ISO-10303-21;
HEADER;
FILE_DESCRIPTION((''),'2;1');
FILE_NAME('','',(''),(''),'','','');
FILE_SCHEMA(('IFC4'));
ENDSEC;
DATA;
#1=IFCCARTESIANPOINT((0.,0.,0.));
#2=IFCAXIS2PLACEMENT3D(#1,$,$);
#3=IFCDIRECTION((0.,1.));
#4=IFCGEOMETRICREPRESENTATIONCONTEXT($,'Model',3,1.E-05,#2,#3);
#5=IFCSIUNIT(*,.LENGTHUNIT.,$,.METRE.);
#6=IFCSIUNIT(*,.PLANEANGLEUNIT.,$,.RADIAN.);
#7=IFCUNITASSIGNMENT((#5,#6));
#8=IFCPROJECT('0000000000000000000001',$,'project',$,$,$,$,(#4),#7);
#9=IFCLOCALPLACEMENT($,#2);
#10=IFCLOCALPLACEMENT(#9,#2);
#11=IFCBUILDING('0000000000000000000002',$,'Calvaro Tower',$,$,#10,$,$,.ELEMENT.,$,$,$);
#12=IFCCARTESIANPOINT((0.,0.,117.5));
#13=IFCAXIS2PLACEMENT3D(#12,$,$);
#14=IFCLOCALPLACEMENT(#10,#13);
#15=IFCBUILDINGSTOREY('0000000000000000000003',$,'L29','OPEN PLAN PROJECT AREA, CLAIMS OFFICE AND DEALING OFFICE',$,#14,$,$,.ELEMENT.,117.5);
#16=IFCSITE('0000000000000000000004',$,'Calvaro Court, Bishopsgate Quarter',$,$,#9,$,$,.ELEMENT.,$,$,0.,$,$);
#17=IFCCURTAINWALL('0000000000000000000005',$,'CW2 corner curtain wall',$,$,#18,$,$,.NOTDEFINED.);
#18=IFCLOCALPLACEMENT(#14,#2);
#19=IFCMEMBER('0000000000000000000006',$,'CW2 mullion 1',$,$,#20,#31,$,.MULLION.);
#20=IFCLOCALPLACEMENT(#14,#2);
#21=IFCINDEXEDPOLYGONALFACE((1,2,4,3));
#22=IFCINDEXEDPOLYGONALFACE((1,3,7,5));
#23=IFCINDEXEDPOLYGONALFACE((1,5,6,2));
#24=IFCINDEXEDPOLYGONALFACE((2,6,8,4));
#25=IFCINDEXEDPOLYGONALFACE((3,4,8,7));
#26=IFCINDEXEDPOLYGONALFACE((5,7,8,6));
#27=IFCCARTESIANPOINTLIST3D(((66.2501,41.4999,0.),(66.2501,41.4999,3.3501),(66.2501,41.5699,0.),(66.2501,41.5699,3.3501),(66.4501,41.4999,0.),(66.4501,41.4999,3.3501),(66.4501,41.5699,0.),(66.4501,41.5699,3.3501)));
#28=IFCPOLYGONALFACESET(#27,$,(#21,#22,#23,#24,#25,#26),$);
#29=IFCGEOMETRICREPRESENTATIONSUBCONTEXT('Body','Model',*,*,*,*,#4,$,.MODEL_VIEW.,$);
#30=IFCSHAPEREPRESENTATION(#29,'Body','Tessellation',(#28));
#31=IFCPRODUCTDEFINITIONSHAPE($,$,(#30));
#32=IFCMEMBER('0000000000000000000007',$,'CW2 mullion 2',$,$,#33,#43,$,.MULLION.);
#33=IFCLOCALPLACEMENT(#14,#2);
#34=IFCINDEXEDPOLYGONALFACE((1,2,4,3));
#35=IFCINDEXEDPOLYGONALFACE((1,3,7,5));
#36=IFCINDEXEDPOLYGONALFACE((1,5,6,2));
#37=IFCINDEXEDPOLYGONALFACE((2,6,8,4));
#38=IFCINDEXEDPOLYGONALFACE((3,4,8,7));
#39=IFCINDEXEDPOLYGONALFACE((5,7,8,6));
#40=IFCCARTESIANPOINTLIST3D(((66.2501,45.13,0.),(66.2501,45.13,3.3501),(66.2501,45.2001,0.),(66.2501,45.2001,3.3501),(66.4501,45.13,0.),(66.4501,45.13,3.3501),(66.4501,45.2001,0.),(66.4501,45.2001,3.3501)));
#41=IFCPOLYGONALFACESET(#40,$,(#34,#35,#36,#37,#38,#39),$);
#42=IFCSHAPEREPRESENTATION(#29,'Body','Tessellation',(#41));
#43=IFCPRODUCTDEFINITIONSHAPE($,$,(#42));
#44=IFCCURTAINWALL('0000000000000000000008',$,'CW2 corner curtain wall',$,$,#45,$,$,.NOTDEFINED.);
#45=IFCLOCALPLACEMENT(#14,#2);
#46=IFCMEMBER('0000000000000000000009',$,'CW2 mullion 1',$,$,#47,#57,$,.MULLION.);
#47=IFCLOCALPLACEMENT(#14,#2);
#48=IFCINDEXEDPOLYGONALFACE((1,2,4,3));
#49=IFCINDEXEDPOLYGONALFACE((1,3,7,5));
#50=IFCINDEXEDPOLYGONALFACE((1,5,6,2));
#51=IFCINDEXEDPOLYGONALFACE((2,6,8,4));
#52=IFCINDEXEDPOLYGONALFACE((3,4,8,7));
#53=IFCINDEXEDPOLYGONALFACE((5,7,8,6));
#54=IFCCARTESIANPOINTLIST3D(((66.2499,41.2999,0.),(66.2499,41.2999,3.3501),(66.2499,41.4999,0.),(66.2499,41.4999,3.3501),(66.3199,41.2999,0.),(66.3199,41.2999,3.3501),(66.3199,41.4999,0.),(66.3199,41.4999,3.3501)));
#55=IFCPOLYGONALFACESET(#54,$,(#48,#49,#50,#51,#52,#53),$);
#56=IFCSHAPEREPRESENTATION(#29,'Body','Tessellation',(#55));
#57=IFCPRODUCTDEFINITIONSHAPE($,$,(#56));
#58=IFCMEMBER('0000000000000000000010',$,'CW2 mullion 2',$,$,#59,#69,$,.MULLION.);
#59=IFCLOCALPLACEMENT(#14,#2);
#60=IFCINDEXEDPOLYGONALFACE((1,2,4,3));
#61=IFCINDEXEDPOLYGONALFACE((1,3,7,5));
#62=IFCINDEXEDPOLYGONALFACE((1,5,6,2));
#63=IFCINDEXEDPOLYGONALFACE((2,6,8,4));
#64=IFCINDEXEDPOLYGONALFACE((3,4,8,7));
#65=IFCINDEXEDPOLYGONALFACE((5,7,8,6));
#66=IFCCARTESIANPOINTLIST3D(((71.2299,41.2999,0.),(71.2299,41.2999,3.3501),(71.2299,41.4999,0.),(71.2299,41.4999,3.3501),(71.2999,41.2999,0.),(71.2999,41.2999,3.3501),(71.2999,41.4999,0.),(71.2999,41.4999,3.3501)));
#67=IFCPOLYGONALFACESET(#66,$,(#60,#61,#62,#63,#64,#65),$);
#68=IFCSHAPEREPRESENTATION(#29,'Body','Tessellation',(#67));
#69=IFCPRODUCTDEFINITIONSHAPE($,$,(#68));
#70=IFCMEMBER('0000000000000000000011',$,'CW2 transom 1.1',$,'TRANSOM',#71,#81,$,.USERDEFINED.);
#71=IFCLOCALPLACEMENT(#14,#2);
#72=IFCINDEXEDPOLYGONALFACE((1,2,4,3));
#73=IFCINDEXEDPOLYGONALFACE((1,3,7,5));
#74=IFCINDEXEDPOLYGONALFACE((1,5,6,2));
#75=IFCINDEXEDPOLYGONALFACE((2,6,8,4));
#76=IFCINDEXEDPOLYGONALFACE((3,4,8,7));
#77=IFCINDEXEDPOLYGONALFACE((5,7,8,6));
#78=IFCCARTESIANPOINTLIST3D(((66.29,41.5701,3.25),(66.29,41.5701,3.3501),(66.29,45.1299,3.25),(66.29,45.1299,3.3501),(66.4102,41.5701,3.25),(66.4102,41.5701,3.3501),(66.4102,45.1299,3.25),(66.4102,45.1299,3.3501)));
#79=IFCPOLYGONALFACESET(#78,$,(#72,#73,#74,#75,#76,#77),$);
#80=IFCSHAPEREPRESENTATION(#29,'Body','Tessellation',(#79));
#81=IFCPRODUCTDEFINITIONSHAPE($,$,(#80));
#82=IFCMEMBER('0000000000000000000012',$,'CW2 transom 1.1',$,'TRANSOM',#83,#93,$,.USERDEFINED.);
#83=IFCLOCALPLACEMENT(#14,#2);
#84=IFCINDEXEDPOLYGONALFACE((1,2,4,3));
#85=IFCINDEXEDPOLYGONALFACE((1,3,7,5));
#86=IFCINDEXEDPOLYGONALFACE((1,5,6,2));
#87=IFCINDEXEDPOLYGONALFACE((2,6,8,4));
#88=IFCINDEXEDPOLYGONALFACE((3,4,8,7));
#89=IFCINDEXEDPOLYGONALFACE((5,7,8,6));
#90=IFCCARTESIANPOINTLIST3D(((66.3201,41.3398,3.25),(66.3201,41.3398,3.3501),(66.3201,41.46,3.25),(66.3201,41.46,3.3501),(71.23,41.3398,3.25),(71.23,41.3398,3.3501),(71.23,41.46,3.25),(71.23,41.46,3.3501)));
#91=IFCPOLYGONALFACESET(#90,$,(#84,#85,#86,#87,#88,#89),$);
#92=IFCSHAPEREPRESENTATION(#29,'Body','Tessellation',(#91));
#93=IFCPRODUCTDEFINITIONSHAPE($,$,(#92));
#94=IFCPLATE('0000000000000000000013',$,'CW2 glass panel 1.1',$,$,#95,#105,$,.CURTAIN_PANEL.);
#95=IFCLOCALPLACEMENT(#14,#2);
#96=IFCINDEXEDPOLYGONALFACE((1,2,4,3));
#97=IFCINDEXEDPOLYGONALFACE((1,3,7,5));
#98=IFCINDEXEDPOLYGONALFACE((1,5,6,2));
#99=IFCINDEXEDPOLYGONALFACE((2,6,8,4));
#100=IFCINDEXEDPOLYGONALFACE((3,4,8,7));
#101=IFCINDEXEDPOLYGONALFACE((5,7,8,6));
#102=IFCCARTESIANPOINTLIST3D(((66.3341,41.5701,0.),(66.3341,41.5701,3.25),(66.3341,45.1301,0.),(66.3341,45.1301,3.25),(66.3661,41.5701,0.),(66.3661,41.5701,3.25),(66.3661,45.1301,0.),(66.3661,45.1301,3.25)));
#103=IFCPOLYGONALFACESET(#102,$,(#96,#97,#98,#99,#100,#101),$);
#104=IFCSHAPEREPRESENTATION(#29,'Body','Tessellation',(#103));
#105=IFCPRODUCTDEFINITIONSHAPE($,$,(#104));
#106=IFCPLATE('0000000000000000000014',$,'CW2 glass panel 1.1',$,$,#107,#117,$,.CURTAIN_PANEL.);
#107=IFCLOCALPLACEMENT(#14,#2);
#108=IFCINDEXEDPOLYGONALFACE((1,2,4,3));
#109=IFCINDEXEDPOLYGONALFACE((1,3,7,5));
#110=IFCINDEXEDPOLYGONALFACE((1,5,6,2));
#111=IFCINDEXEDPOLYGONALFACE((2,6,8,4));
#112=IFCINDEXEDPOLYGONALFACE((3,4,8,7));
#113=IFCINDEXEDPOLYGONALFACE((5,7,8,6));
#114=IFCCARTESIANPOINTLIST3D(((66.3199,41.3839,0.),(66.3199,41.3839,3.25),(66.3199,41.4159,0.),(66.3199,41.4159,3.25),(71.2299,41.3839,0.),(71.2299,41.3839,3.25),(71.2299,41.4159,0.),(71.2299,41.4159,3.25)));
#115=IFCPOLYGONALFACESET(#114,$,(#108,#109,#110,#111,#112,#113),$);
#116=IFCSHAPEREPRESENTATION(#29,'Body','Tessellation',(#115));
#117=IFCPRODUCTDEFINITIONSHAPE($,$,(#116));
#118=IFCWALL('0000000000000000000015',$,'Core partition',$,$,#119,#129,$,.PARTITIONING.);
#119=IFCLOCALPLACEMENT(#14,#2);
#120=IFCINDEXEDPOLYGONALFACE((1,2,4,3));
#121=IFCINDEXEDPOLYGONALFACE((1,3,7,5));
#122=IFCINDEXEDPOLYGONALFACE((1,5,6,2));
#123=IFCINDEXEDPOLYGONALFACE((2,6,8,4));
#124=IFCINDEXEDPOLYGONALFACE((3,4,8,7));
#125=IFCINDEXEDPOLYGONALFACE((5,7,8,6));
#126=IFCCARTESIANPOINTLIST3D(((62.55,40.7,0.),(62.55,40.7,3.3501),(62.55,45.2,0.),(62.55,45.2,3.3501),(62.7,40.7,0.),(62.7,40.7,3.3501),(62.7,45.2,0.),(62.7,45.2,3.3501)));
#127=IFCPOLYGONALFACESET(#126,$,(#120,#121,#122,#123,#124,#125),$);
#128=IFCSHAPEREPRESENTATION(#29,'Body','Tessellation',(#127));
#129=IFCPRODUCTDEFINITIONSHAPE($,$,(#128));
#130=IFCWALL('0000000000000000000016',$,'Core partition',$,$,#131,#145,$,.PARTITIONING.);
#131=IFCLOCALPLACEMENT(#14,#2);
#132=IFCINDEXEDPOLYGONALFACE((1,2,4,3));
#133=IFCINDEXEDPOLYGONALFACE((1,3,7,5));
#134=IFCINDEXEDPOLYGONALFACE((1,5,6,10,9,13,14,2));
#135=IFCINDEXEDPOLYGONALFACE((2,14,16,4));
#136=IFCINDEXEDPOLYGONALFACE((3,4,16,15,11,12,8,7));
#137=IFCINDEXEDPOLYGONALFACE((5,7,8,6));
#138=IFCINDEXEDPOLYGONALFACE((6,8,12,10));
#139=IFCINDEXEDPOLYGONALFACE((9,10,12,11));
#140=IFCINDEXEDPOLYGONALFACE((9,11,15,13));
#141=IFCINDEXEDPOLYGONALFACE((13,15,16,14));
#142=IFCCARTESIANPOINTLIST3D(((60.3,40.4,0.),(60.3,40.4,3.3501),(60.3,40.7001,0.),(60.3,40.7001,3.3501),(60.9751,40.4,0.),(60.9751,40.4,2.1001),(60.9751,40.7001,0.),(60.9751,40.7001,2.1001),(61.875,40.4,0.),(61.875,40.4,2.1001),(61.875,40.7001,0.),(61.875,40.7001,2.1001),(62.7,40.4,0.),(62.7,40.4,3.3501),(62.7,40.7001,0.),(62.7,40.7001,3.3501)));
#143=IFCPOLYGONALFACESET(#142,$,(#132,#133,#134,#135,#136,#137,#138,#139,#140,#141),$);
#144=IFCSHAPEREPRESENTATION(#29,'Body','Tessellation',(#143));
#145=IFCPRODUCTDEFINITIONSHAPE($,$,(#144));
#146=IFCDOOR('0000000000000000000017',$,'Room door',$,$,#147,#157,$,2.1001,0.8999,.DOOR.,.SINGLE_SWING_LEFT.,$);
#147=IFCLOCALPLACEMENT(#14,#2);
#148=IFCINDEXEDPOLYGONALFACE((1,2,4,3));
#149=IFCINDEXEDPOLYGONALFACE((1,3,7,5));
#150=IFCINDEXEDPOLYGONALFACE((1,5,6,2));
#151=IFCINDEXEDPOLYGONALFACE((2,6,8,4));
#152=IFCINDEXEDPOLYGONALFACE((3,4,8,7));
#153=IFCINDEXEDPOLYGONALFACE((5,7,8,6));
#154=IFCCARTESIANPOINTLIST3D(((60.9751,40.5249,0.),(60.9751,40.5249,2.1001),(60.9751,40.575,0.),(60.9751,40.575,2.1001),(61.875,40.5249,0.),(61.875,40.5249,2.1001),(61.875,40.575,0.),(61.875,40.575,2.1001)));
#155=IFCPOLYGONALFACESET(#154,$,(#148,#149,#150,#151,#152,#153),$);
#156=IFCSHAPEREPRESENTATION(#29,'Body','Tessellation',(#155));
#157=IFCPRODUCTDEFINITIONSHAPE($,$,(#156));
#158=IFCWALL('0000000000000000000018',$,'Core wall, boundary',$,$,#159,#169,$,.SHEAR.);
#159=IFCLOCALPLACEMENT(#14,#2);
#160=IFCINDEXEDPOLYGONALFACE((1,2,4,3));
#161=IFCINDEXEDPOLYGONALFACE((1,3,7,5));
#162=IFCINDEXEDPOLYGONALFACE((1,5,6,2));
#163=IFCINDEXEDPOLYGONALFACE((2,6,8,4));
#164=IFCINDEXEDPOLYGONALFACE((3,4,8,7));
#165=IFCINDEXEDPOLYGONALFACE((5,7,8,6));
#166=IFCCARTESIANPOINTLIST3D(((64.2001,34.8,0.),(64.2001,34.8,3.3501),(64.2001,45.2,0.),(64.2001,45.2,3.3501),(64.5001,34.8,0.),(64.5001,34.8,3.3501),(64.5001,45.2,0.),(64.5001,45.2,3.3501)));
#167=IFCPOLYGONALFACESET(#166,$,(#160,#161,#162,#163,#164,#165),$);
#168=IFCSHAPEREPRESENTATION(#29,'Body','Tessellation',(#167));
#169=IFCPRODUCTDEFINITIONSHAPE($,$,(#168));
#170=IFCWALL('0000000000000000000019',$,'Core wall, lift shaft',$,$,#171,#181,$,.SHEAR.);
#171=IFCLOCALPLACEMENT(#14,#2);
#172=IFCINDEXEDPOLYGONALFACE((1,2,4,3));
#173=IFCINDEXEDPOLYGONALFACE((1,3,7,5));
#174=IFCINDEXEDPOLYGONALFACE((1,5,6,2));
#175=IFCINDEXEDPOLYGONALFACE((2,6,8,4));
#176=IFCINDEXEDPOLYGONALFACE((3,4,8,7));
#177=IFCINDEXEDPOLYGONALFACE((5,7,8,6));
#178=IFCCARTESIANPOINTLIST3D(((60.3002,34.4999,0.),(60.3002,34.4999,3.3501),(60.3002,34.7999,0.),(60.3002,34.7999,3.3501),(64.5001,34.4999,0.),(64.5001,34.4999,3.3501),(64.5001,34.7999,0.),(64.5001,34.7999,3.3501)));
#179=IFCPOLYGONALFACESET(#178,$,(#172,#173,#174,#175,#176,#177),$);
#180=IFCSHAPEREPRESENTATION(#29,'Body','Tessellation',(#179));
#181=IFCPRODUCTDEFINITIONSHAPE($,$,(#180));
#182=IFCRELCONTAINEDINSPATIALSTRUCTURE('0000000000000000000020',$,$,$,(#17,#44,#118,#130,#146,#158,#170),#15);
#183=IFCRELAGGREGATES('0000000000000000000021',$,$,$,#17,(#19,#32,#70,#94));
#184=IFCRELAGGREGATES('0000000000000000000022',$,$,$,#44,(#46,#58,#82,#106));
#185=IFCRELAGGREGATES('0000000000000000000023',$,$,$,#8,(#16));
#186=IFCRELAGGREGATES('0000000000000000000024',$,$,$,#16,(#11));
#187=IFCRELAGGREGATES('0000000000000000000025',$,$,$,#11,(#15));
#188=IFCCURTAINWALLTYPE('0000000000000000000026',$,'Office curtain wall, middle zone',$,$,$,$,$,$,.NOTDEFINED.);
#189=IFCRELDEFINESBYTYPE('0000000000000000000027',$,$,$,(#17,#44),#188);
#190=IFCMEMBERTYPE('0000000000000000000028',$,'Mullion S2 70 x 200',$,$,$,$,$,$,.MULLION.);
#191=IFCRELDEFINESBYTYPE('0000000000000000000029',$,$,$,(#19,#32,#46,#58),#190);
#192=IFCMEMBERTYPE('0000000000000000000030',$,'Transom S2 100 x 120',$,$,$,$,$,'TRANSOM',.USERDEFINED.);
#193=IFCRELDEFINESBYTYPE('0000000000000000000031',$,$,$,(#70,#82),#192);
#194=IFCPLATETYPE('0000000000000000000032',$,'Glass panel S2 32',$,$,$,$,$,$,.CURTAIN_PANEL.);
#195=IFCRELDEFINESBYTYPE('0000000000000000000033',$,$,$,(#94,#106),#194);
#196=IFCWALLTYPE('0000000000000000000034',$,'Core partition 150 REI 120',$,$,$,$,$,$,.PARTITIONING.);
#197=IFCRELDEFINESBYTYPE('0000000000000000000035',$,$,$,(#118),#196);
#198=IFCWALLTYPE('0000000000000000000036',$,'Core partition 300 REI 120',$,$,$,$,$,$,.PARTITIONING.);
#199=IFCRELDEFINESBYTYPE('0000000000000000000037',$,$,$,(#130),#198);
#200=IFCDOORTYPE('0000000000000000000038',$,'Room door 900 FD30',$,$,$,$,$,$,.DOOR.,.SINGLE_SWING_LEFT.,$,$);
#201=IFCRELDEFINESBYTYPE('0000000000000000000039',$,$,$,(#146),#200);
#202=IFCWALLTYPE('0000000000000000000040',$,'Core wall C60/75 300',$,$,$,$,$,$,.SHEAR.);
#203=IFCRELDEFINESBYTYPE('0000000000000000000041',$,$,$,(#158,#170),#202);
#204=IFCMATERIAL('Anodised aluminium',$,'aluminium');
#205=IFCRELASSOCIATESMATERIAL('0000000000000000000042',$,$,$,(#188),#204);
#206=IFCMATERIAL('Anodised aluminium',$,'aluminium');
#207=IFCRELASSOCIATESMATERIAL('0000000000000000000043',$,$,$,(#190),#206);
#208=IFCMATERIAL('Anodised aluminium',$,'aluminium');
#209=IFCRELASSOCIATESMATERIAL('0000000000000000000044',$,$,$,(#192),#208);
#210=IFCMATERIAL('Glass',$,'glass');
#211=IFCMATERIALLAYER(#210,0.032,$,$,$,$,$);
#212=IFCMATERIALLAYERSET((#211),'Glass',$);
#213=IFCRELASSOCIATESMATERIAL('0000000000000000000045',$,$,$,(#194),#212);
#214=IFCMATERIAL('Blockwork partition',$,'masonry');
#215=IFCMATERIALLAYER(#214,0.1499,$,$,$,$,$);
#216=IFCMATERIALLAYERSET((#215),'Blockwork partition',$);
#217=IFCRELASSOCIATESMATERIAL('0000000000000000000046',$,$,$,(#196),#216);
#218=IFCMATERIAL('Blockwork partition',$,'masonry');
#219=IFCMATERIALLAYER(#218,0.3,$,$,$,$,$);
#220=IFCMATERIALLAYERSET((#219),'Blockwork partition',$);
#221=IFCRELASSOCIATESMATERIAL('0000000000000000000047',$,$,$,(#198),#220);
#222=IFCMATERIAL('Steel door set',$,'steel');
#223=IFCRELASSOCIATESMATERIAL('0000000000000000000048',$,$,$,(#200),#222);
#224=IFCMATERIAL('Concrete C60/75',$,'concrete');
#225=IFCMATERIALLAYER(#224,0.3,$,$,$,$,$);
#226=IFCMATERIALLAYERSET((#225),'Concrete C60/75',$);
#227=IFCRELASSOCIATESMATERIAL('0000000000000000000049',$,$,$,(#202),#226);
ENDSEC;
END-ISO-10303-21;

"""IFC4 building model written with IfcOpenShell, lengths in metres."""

from ifc_helpers import new_model, si_unit, direction, frame, frame_2d, origin, origin_2d, place, context, subcontext, project, spatial, rectangle, extrude, material, layer, layer_set, material_profile, profile_set, type_object, element, fill, aggregate, save


model = new_model("IFC4")

# Units and contexts
model_context = context("Model", 3, precision=1e-05, world=origin(), true_north=direction((0.0, 1.0)))
body_context = subcontext(model_context, "Body", "Model", "MODEL_VIEW")
ifc_project = project(units=[si_unit("LENGTHUNIT", "METRE"), si_unit("PLANEANGLEUNIT", "RADIAN")], contexts=[model_context])

# Site, building, storey
site_placement = place(None, origin())
site = spatial("IfcSite", under=ifc_project, at=site_placement, Name="Calvaro Court, Bishopsgate Quarter", CompositionType="ELEMENT", RefElevation=0.0)
building_placement = place(site_placement, origin())
building = spatial("IfcBuilding", under=site, at=building_placement, Name="Calvaro Tower", CompositionType="ELEMENT")
storey_placement = place(building_placement, frame((0.0, 0.0, 117.5)))
storey = spatial("IfcBuildingStorey", under=building, at=storey_placement, Name="L29", Description="OPEN PLAN PROJECT AREA, CLAIMS OFFICE AND DEALING OFFICE", CompositionType="ELEMENT", Elevation=117.5)

# Curtain walls, members
ifc_material_1 = material(Name="Anodised aluminium", Category="aluminium")
curtain_wall_type = type_object("IfcCurtainWallType", Name="Office curtain wall, middle zone", PredefinedType="NOTDEFINED", material=ifc_material_1)
curtain_wall_1_placement = place(storey_placement, origin())
curtain_wall_1 = element("IfcCurtainWall", 1, at=curtain_wall_1_placement, inside=storey, type_object=curtain_wall_type, Name="CW2 corner curtain wall", PredefinedType="NOTDEFINED")
ifc_material_2 = material(Name="Anodised aluminium", Category="aluminium")
ifc_material_profile_1 = material_profile(ifc_material_2, rectangle(XDim=0.2, YDim=0.0701, at=origin_2d()), Name="Mullion S2 70 x 200")
ifc_profile_set_1 = profile_set([ifc_material_profile_1], Name="Anodised aluminium")
member_type_1 = type_object("IfcMemberType", Name="Mullion S2 70 x 200", PredefinedType="MULLION", material=ifc_profile_set_1)
member_1_placement = place(storey_placement, frame((66.3501, 41.5349, 0.0), z_axis=(0.0, 0.0, 1.0), x_axis=(-1.0, 0.0, 0.0)))
member_1 = element("IfcMember", 2, at=member_1_placement, type_object=member_type_1, Name="CW2 mullion 1", PredefinedType="MULLION", context=body_context, shape_type="SweptSolid", body=[
    extrude(rectangle(XDim=0.2, YDim=0.0701, at=origin_2d()), origin(), (0.0, 0.0, 1.0), 3.3501),
])
member_2_placement = place(storey_placement, frame((66.3501, 45.165, 0.0), z_axis=(0.0, 0.0, 1.0), x_axis=(-1.0, 0.0, 0.0)))
member_2 = element("IfcMember", 3, at=member_2_placement, type_object=member_type_1, Name="CW2 mullion 2", PredefinedType="MULLION", context=body_context, shape_type="SweptSolid", body=[
    extrude(rectangle(XDim=0.2, YDim=0.0701, at=origin_2d()), origin(), (0.0, 0.0, 1.0), 3.3501),
])
curtain_wall_2_placement = place(storey_placement, origin())
curtain_wall_2 = element("IfcCurtainWall", 4, at=curtain_wall_2_placement, inside=storey, type_object=curtain_wall_type, Name="CW2 corner curtain wall", PredefinedType="NOTDEFINED")
member_3_placement = place(storey_placement, frame((66.2849, 41.3999, 0.0), z_axis=(0.0, 0.0, 1.0), x_axis=(0.0, 1.0, 0.0)))
member_3 = element("IfcMember", 5, at=member_3_placement, type_object=member_type_1, Name="CW2 mullion 1", PredefinedType="MULLION", context=body_context, shape_type="SweptSolid", body=[
    extrude(rectangle(XDim=0.2, YDim=0.0701, at=origin_2d()), origin(), (0.0, 0.0, 1.0), 3.3501),
])
member_4_placement = place(storey_placement, frame((71.2649, 41.3999, 0.0), z_axis=(0.0, 0.0, 1.0), x_axis=(0.0, 1.0, 0.0)))
member_4 = element("IfcMember", 6, at=member_4_placement, type_object=member_type_1, Name="CW2 mullion 2", PredefinedType="MULLION", context=body_context, shape_type="SweptSolid", body=[
    extrude(rectangle(XDim=0.2, YDim=0.0701, at=origin_2d()), origin(), (0.0, 0.0, 1.0), 3.3501),
])

# Members
ifc_material_3 = material(Name="Anodised aluminium", Category="aluminium")
ifc_material_profile_2 = material_profile(ifc_material_3, rectangle(XDim=0.1201, YDim=0.1001, at=origin_2d()), Name="Transom S2 100 x 120")
ifc_profile_set_2 = profile_set([ifc_material_profile_2], Name="Anodised aluminium")
member_type_2 = type_object("IfcMemberType", Name="Transom S2 100 x 120", ElementType="TRANSOM", PredefinedType="USERDEFINED", material=ifc_profile_set_2)
member_5_placement = place(storey_placement, frame((66.3501, 41.5701, 3.3), z_axis=(0.0, 1.0, 0.0), x_axis=(-1.0, 0.0, 0.0)))
member_5 = element("IfcMember", 7, at=member_5_placement, type_object=member_type_2, Name="CW2 transom 1.1", ObjectType="TRANSOM", PredefinedType="USERDEFINED", context=body_context, shape_type="SweptSolid", body=[
    extrude(rectangle(XDim=0.1201, YDim=0.1001, at=origin_2d()), origin(), (0.0, 0.0, 1.0), 3.5598),
])
member_6_placement = place(storey_placement, frame((66.3201, 41.3999, 3.3), z_axis=(1.0, 0.0, 0.0), x_axis=(0.0, 1.0, 0.0)))
member_6 = element("IfcMember", 8, at=member_6_placement, type_object=member_type_2, Name="CW2 transom 1.1", ObjectType="TRANSOM", PredefinedType="USERDEFINED", context=body_context, shape_type="SweptSolid", body=[
    extrude(rectangle(XDim=0.1201, YDim=0.1001, at=origin_2d()), origin(), (0.0, 0.0, 1.0), 4.9099),
])

# Plates
ifc_material_4 = material(Name="Glass", Category="glass")
ifc_layer_1 = layer(ifc_material_4, 0.032)
ifc_layer_set_1 = layer_set([ifc_layer_1], Name="Glass")
plate_type = type_object("IfcPlateType", Name="Glass panel S2 32", PredefinedType="CURTAIN_PANEL", material=ifc_layer_set_1)
plate_1_placement = place(storey_placement, frame((66.3501, 43.3501, 0.0), z_axis=(0.0, 0.0, 1.0), x_axis=(0.0, 1.0, 0.0)))
plate_1 = element("IfcPlate", 9, at=plate_1_placement, type_object=plate_type, Name="CW2 glass panel 1.1", PredefinedType="CURTAIN_PANEL", context=body_context, shape_type="SweptSolid", body=[
    extrude(rectangle(XDim=3.5601, YDim=0.032, at=origin_2d()), origin(), (0.0, 0.0, 1.0), 3.25),
])
aggregate(curtain_wall_1, [member_1, member_2, member_5, plate_1])
plate_2_placement = place(storey_placement, frame((68.7749, 41.3999, 0.0), z_axis=(0.0, 0.0, 1.0), x_axis=(1.0, 0.0, 0.0)))
plate_2 = element("IfcPlate", 10, at=plate_2_placement, type_object=plate_type, Name="CW2 glass panel 1.1", PredefinedType="CURTAIN_PANEL", context=body_context, shape_type="SweptSolid", body=[
    extrude(rectangle(XDim=4.9099, YDim=0.032, at=origin_2d()), origin(), (0.0, 0.0, 1.0), 3.25),
])
aggregate(curtain_wall_2, [member_3, member_4, member_6, plate_2])

# Wall
ifc_material_5 = material(Name="Blockwork partition", Category="masonry")
ifc_layer_2 = layer(ifc_material_5, 0.1499)
ifc_layer_set_2 = layer_set([ifc_layer_2], Name="Blockwork partition")
wall_type_1 = type_object("IfcWallType", Name="Core partition 150 REI 120", PredefinedType="PARTITIONING", material=ifc_layer_set_2)
wall_1_placement = place(storey_placement, frame((62.625, 40.7, 0.0), z_axis=(0.0, 0.0, 1.0), x_axis=(0.0, 1.0, 0.0)))
element("IfcWall", 11, at=wall_1_placement, inside=storey, type_object=wall_type_1, Name="Core partition", PredefinedType="PARTITIONING", context=body_context, shape_type="SweptSolid", body=[
    extrude(rectangle(XDim=4.5, YDim=0.1499, at=frame_2d((2.25, 0.0))), origin(), (0.0, 0.0, 1.0), 3.3501),
])

# Wall, opening, door
ifc_material_6 = material(Name="Blockwork partition", Category="masonry")
ifc_layer_3 = layer(ifc_material_6, 0.3)
ifc_layer_set_3 = layer_set([ifc_layer_3], Name="Blockwork partition")
wall_type_2 = type_object("IfcWallType", Name="Core partition 300 REI 120", PredefinedType="PARTITIONING", material=ifc_layer_set_3)
wall_2_placement = place(storey_placement, frame((60.3, 40.55, 0.0), z_axis=(0.0, 0.0, 1.0), x_axis=(1.0, 0.0, 0.0)))
wall_2 = element("IfcWall", 12, at=wall_2_placement, inside=storey, type_object=wall_type_2, Name="Core partition", PredefinedType="PARTITIONING", context=body_context, shape_type="SweptSolid", body=[
    extrude(rectangle(XDim=2.3999, YDim=0.3, at=frame_2d((1.2, 0.0))), origin(), (0.0, 0.0, 1.0), 3.3501),
])
opening_1_placement = place(wall_2_placement, frame((0.675, 0.0, 0.0)))
opening_1 = element("IfcOpeningElement", 13, at=opening_1_placement, cuts=wall_2, PredefinedType="OPENING", context=body_context, shape_type="SweptSolid", body=[
    extrude(rectangle(XDim=0.8999, YDim=2.1001, at=frame_2d((0.45, 1.05))), frame((0.0, 0.1599, 0.0), z_axis=(0.0, -1.0, 0.0), x_axis=(1.0, 0.0, 0.0)), (0.0, 0.0, 1.0), 0.3201),
])
ifc_material_7 = material(Name="Steel door set", Category="steel")
door_type_1 = type_object("IfcDoorType", Name="Room door 900 FD30", OperationType="SINGLE_SWING_LEFT", PredefinedType="DOOR", material=ifc_material_7)
door_1_placement = place(opening_1_placement, origin())
door_1 = element("IfcDoor", 14, at=door_1_placement, inside=storey, type_object=door_type_1, Name="Room door", OperationType="SINGLE_SWING_LEFT", OverallHeight=2.1001, OverallWidth=0.8999, PredefinedType="DOOR", context=body_context, shape_type="SweptSolid", body=[
    extrude(rectangle(XDim=0.8999, YDim=2.1001, at=frame_2d((0.45, 1.05))), frame((0.0, 0.0249, 0.0), z_axis=(0.0, -1.0, 0.0), x_axis=(1.0, 0.0, 0.0)), (0.0, 0.0, 1.0), 0.05),
])
fill(opening_1, door_1)

# Walls
ifc_material_8 = material(Name="Concrete C60/75", Category="concrete")
ifc_layer_4 = layer(ifc_material_8, 0.3)
ifc_layer_set_4 = layer_set([ifc_layer_4], Name="Concrete C60/75")
wall_type_3 = type_object("IfcWallType", Name="Core wall C60/75 300", PredefinedType="SHEAR", material=ifc_layer_set_4)
wall_3_placement = place(storey_placement, frame((64.3501, 34.8, 0.0), z_axis=(0.0, 0.0, 1.0), x_axis=(0.0, 1.0, 0.0)))
element("IfcWall", 15, at=wall_3_placement, inside=storey, type_object=wall_type_3, Name="Core wall, boundary", PredefinedType="SHEAR", context=body_context, shape_type="SweptSolid", body=[
    extrude(rectangle(XDim=10.3999, YDim=0.3, at=frame_2d((5.2, 0.0))), origin(), (0.0, 0.0, 1.0), 3.3501),
])
wall_4_placement = place(storey_placement, frame((60.3, 34.6499, 0.0), z_axis=(0.0, 0.0, 1.0), x_axis=(1.0, 0.0, 0.0)))
element("IfcWall", 16, at=wall_4_placement, inside=storey, type_object=wall_type_3, Name="Core wall, lift shaft", PredefinedType="SHEAR", context=body_context, shape_type="SweptSolid", body=[
    extrude(rectangle(XDim=4.2, YDim=0.3, at=frame_2d((2.1001, 0.0))), origin(), (0.0, 0.0, 1.0), 3.3501),
])

save(model, "model.ifc")
